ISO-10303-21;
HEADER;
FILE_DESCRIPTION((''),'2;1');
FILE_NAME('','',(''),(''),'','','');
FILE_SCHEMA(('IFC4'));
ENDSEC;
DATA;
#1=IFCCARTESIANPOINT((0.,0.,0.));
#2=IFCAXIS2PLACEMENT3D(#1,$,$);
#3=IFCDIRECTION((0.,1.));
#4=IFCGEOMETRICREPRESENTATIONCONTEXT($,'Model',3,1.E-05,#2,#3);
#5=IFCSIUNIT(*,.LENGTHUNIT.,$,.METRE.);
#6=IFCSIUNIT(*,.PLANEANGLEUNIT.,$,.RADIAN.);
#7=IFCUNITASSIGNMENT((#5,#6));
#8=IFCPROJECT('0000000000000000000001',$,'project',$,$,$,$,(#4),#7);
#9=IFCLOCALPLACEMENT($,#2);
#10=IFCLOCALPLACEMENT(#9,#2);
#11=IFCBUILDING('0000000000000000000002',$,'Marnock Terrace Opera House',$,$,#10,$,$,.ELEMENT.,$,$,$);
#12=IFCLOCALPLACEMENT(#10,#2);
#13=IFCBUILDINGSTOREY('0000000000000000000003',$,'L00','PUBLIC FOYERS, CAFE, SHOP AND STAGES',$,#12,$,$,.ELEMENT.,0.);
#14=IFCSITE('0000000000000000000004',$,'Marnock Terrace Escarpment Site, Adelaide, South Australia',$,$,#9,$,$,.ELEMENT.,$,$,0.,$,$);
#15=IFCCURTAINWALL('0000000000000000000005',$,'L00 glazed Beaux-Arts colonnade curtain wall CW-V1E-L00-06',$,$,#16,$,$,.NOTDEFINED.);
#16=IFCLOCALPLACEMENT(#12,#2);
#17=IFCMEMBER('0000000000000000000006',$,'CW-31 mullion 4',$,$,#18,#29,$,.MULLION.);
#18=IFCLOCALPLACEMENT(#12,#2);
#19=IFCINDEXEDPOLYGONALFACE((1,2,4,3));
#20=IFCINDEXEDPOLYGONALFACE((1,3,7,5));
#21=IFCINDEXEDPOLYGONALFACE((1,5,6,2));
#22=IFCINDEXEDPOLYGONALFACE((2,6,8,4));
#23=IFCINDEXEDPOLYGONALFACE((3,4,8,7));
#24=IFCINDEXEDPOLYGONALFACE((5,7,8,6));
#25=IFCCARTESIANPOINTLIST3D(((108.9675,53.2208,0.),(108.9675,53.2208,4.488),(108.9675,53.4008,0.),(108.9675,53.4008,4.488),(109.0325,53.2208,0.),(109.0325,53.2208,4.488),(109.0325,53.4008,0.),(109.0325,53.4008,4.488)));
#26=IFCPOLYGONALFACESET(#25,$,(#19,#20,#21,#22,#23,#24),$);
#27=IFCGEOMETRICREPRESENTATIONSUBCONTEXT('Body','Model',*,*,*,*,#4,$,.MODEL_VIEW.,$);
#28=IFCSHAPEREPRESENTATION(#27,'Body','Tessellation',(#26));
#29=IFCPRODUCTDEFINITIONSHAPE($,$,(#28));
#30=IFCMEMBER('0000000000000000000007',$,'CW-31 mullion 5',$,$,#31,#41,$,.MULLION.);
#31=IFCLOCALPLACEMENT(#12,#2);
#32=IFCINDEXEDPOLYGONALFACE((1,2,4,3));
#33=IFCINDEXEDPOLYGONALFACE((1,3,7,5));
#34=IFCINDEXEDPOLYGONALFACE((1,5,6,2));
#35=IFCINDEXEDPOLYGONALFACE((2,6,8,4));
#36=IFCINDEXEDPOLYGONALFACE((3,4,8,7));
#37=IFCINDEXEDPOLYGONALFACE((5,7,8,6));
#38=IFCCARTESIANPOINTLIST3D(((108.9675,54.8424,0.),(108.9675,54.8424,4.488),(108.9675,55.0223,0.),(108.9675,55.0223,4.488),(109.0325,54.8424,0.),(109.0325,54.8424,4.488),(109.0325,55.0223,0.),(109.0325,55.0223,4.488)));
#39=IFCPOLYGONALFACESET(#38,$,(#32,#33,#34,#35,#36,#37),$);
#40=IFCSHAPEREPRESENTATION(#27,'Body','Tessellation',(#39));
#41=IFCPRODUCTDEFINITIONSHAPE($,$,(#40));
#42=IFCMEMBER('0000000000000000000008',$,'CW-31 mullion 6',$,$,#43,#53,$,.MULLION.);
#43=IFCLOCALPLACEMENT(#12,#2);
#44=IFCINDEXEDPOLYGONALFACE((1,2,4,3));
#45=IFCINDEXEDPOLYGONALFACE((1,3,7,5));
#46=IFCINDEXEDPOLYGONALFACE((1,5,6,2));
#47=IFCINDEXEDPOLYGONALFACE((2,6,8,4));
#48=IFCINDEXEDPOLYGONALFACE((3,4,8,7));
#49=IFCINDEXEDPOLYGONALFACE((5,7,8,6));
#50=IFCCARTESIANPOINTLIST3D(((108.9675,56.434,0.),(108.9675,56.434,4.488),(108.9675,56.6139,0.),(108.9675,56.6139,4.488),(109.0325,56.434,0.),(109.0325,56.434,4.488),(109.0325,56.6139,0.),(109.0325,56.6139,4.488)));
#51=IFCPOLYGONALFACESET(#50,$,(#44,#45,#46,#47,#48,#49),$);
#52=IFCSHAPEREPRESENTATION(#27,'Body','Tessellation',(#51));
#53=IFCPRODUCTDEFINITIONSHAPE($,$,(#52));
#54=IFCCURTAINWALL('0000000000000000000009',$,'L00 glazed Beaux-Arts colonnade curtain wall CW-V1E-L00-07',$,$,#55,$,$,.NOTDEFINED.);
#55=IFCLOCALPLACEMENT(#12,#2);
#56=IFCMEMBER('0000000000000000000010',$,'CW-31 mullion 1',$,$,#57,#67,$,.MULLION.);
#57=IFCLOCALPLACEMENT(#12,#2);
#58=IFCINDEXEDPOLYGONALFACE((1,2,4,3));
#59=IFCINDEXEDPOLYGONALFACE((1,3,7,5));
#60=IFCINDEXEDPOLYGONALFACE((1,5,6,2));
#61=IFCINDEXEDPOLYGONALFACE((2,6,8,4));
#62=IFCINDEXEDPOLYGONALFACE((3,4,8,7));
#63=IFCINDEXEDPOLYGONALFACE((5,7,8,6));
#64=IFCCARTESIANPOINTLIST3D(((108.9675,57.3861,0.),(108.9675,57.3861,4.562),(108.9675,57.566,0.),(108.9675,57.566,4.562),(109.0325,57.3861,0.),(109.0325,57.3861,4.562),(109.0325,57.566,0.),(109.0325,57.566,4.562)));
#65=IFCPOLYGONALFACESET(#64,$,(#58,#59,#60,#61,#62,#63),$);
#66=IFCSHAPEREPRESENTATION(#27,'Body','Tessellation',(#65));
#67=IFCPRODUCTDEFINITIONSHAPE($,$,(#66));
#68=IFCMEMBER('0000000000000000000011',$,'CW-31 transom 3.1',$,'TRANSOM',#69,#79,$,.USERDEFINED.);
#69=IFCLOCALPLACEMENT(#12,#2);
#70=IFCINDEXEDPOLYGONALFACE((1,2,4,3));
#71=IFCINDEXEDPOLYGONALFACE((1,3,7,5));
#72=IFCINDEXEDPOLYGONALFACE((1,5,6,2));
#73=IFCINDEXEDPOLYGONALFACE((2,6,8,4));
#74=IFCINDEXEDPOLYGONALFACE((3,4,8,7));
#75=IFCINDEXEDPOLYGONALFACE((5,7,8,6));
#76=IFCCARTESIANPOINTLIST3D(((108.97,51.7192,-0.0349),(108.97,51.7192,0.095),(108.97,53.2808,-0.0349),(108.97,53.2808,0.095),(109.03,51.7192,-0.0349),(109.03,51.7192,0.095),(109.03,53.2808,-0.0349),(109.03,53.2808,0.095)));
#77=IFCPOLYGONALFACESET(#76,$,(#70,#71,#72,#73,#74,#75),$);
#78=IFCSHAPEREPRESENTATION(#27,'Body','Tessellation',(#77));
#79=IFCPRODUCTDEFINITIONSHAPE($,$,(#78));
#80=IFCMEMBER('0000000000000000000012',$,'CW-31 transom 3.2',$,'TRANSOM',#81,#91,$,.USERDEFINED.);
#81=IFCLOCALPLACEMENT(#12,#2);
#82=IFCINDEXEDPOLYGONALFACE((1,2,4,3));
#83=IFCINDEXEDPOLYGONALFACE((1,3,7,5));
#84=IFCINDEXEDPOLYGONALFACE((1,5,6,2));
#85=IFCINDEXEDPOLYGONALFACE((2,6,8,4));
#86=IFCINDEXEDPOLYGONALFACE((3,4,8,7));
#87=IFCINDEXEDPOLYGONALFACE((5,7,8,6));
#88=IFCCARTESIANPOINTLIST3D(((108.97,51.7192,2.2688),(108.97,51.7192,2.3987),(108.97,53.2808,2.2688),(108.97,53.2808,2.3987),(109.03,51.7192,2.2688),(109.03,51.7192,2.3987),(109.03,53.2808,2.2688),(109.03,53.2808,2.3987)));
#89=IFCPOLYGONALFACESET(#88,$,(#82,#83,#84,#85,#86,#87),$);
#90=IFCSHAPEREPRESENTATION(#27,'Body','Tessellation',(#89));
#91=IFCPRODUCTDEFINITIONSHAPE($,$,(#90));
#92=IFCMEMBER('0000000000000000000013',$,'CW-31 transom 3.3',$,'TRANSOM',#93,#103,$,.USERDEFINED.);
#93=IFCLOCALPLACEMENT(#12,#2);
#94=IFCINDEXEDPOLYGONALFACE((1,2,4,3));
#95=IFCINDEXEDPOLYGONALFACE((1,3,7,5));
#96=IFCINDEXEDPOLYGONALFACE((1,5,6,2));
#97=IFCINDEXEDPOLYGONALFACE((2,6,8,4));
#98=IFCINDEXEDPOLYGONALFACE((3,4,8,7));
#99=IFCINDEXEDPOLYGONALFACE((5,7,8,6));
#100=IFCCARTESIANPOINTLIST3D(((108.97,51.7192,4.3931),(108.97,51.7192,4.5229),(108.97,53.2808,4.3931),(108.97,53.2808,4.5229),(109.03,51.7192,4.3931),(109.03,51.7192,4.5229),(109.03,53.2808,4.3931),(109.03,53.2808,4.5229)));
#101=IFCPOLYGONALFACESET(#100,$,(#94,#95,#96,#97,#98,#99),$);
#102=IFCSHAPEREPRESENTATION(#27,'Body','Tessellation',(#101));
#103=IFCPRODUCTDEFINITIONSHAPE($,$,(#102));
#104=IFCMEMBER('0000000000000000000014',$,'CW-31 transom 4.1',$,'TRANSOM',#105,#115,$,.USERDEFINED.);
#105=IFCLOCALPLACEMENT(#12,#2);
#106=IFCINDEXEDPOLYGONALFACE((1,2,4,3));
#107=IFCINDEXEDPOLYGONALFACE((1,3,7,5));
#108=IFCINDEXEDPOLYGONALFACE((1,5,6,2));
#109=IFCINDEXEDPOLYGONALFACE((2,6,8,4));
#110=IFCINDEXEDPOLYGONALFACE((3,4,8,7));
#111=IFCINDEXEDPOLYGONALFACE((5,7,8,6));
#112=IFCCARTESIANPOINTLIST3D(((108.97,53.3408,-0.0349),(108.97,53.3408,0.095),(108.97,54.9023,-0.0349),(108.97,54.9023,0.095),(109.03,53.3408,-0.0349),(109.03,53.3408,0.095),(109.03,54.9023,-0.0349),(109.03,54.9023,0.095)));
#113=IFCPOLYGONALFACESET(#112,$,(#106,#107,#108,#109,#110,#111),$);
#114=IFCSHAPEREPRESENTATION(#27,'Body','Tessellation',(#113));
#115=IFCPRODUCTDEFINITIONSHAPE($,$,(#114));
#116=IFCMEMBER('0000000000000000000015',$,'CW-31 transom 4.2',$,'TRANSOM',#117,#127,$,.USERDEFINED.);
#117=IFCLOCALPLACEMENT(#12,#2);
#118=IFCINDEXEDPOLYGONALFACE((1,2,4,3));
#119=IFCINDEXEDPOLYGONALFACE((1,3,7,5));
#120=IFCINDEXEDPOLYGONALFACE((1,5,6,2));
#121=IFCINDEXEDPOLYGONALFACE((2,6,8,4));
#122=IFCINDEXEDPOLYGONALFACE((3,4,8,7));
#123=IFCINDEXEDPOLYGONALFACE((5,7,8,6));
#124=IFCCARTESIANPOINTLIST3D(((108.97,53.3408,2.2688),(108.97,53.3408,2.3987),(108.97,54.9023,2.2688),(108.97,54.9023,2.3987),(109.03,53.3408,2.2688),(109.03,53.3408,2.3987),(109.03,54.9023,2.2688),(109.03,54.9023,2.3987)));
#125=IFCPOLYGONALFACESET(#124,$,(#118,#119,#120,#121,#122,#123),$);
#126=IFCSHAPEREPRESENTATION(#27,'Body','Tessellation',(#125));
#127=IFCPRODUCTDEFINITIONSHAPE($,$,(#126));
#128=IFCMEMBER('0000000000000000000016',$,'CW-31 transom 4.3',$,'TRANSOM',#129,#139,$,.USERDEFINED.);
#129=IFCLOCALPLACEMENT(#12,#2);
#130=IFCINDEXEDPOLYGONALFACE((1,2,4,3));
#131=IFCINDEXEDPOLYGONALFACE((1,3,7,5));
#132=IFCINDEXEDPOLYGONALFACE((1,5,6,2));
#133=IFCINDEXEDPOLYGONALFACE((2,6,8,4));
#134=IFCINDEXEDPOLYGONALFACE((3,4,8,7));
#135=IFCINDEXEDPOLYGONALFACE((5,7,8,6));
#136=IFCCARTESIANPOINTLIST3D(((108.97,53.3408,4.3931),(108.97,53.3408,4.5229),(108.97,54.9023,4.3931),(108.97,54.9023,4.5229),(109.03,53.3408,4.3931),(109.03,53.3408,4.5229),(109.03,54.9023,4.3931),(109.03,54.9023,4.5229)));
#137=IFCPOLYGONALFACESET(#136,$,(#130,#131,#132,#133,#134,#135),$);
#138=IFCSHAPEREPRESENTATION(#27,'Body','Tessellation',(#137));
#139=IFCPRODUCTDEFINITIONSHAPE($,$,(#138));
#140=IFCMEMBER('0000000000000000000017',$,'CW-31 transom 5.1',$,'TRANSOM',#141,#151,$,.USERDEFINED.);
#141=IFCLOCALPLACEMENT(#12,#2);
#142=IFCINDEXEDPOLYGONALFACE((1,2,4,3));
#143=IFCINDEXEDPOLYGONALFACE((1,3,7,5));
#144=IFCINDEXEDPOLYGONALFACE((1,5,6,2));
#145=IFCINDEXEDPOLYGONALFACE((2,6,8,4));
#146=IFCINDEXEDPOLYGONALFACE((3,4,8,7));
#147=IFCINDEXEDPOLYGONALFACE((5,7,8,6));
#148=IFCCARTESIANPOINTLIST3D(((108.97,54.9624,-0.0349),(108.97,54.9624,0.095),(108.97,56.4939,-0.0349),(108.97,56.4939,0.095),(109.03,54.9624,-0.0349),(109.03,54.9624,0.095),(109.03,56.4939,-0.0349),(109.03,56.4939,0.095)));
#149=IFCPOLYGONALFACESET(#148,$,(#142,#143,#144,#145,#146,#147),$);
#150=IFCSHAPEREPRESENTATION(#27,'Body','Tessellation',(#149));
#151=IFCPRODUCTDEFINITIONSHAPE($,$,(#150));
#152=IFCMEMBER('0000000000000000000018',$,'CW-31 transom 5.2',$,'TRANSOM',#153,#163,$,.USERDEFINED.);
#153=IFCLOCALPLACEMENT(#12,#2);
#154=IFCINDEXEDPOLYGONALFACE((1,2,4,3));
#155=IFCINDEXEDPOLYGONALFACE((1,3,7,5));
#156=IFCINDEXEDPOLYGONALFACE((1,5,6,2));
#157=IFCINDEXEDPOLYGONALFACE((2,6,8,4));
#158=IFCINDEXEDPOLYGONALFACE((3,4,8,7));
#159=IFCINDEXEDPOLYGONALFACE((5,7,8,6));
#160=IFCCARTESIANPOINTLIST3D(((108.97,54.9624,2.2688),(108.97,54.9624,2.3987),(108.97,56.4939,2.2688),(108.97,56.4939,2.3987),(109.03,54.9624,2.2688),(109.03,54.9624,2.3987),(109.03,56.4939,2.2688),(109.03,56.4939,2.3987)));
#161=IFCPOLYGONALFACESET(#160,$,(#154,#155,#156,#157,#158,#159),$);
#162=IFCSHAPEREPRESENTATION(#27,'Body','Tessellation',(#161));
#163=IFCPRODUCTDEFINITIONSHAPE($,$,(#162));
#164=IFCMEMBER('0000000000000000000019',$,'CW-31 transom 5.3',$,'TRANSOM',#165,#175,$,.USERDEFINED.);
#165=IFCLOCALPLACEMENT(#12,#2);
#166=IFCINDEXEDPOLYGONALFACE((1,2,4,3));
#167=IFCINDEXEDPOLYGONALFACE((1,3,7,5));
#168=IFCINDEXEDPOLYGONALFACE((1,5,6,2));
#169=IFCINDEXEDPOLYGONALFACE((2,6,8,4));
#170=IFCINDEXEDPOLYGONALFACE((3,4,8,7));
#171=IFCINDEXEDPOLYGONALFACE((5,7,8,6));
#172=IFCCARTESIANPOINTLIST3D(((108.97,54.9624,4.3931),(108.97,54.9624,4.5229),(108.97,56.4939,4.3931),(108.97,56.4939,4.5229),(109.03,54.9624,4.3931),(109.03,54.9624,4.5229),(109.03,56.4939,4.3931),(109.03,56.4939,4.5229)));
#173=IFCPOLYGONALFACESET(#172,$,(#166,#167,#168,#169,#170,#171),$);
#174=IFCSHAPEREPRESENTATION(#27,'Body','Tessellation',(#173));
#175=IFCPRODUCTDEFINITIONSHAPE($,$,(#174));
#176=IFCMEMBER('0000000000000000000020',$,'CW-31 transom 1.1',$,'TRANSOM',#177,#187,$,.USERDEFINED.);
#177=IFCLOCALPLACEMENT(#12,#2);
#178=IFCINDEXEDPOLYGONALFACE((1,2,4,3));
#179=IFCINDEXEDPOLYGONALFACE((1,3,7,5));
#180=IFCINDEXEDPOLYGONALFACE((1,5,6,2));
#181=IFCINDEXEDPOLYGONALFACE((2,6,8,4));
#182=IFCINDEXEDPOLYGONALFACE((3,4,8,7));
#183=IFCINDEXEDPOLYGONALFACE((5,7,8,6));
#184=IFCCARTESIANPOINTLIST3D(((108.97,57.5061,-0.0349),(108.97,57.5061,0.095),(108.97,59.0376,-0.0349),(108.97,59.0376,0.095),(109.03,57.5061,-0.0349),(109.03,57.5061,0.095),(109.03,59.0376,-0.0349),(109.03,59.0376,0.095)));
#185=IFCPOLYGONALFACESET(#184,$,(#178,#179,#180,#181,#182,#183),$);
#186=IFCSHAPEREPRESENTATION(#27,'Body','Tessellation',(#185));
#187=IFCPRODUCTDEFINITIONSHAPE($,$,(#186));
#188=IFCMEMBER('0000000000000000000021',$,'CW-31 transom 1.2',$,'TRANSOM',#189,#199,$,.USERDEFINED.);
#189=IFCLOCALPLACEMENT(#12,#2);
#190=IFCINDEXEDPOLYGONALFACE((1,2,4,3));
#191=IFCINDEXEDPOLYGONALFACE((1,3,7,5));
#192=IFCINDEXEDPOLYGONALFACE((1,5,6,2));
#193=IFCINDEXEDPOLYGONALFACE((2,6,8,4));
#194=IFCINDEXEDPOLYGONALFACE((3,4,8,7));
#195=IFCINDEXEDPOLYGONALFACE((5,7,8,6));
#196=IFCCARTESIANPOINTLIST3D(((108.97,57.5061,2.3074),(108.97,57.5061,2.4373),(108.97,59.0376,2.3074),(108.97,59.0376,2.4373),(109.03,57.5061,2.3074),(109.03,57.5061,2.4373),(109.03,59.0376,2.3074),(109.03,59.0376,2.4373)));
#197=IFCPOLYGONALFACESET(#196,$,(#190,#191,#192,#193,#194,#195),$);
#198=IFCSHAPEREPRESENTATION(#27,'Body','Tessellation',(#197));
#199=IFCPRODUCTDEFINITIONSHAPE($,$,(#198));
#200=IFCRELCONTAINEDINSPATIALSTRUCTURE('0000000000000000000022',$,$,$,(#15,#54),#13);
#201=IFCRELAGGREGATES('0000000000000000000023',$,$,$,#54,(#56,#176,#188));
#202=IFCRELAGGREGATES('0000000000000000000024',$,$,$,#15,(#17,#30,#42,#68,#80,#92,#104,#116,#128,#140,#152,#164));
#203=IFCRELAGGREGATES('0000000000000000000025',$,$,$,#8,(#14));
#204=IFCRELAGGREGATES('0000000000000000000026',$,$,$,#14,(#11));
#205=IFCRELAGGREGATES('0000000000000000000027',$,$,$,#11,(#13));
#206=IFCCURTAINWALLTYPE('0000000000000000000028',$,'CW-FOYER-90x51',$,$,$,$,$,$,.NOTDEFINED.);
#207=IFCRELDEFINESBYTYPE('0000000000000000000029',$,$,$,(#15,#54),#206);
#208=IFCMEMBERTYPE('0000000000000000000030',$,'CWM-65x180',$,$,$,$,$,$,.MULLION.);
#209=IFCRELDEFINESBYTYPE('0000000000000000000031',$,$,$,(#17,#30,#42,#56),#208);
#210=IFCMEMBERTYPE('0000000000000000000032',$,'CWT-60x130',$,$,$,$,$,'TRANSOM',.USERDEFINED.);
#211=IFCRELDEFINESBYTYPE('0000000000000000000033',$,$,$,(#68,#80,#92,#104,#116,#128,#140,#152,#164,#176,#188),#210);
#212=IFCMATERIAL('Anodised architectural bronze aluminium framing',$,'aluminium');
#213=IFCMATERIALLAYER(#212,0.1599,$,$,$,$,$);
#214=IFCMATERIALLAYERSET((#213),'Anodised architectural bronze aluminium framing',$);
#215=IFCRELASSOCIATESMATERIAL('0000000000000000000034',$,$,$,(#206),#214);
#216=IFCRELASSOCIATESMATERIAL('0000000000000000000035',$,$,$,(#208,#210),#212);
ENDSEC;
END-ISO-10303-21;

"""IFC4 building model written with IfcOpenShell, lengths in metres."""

from ifc_helpers import new_model, si_unit, direction, frame, origin, origin_2d, place, context, subcontext, project, spatial, rectangle, extrude, material, layer, layer_set, material_profile, profile_set, type_object, element, aggregate, save


model = new_model("IFC4")

# Units and contexts
model_context = context("Model", 3, precision=1e-05, world=origin(), true_north=direction((0.0, 1.0)))
body_context = subcontext(model_context, "Body", "Model", "MODEL_VIEW")
ifc_project = project(units=[si_unit("LENGTHUNIT", "METRE"), si_unit("PLANEANGLEUNIT", "RADIAN")], contexts=[model_context])

# Site, building, storey
site_placement = place(None, origin())
site = spatial("IfcSite", under=ifc_project, at=site_placement, Name="Marnock Terrace Escarpment Site, Adelaide, South Australia", CompositionType="ELEMENT", RefElevation=0.0)
building_placement = place(site_placement, origin())
building = spatial("IfcBuilding", under=site, at=building_placement, Name="Marnock Terrace Opera House", CompositionType="ELEMENT")
storey_placement = place(building_placement, origin())
storey = spatial("IfcBuildingStorey", under=building, at=storey_placement, Name="L00", Description="PUBLIC FOYERS, CAFE, SHOP AND STAGES", CompositionType="ELEMENT", Elevation=0.0)

# Curtain wall, members
ifc_material_1 = material(Name="Anodised architectural bronze aluminium framing", Category="aluminium")
ifc_layer_1 = layer(ifc_material_1, 0.1599)
ifc_layer_set_1 = layer_set([ifc_layer_1], Name="Anodised architectural bronze aluminium framing")
curtain_wall_type = type_object("IfcCurtainWallType", Name="CW-FOYER-90x51", PredefinedType="NOTDEFINED", material=ifc_layer_set_1)
curtain_wall_1_placement = place(storey_placement, origin())
curtain_wall_1 = element("IfcCurtainWall", 1, at=curtain_wall_1_placement, inside=storey, type_object=curtain_wall_type, Name="L00 glazed Beaux-Arts colonnade curtain wall CW-V1E-L00-06", PredefinedType="NOTDEFINED")
ifc_material_profile_1 = material_profile(ifc_material_1, rectangle(XDim=0.0649, YDim=0.1799, at=origin_2d()))
ifc_profile_set_1 = profile_set([ifc_material_profile_1], Name="Anodised architectural bronze aluminium framing")
member_type_1 = type_object("IfcMemberType", Name="CWM-65x180", PredefinedType="MULLION", material=ifc_profile_set_1)
member_1_placement = place(storey_placement, frame((109.0, 53.3108, 0.0), z_axis=(0.0, 0.0, 1.0), x_axis=(-1.0, 0.0, 0.0)))
member_1 = element("IfcMember", 2, at=member_1_placement, type_object=member_type_1, Name="CW-31 mullion 4", PredefinedType="MULLION", context=body_context, shape_type="SweptSolid", body=[
    extrude(rectangle(XDim=0.0649, YDim=0.1799, at=origin_2d()), origin(), (0.0, 0.0, 1.0), 4.488),
])
member_2_placement = place(storey_placement, frame((109.0, 54.9324, 0.0), z_axis=(0.0, 0.0, 1.0), x_axis=(-1.0, 0.0, 0.0)))
member_2 = element("IfcMember", 3, at=member_2_placement, type_object=member_type_1, Name="CW-31 mullion 5", PredefinedType="MULLION", context=body_context, shape_type="SweptSolid", body=[
    extrude(rectangle(XDim=0.0649, YDim=0.1799, at=origin_2d()), origin(), (0.0, 0.0, 1.0), 4.488),
])
member_3_placement = place(storey_placement, frame((109.0, 56.5239, 0.0), z_axis=(0.0, 0.0, 1.0), x_axis=(-1.0, 0.0, 0.0)))
member_3 = element("IfcMember", 4, at=member_3_placement, type_object=member_type_1, Name="CW-31 mullion 6", PredefinedType="MULLION", context=body_context, shape_type="SweptSolid", body=[
    extrude(rectangle(XDim=0.0649, YDim=0.1799, at=origin_2d()), origin(), (0.0, 0.0, 1.0), 4.488),
])

# Curtain wall, member
curtain_wall_2_placement = place(storey_placement, origin())
curtain_wall_2 = element("IfcCurtainWall", 5, at=curtain_wall_2_placement, inside=storey, type_object=curtain_wall_type, Name="L00 glazed Beaux-Arts colonnade curtain wall CW-V1E-L00-07", PredefinedType="NOTDEFINED")
member_4_placement = place(storey_placement, frame((109.0, 57.4761, 0.0), z_axis=(0.0, 0.0, 1.0), x_axis=(-1.0, 0.0, 0.0)))
member_4 = element("IfcMember", 6, at=member_4_placement, type_object=member_type_1, Name="CW-31 mullion 1", PredefinedType="MULLION", context=body_context, shape_type="SweptSolid", body=[
    extrude(rectangle(XDim=0.0649, YDim=0.1799, at=origin_2d()), origin(), (0.0, 0.0, 1.0), 4.562),
])

# Members
ifc_material_profile_2 = material_profile(ifc_material_1, rectangle(XDim=0.0601, YDim=0.1299, at=origin_2d()))
ifc_profile_set_2 = profile_set([ifc_material_profile_2], Name="Anodised architectural bronze aluminium framing")
member_type_2 = type_object("IfcMemberType", Name="CWT-60x130", ElementType="TRANSOM", PredefinedType="USERDEFINED", material=ifc_profile_set_2)
member_5_placement = place(storey_placement, frame((109.0, 51.7192, 0.03), z_axis=(0.0, 1.0, 0.0), x_axis=(-1.0, 0.0, 0.0)))
member_5 = element("IfcMember", 7, at=member_5_placement, type_object=member_type_2, Name="CW-31 transom 3.1", ObjectType="TRANSOM", PredefinedType="USERDEFINED", context=body_context, shape_type="SweptSolid", body=[
    extrude(rectangle(XDim=0.0601, YDim=0.1299, at=origin_2d()), origin(), (0.0, 0.0, 1.0), 1.5615),
])
member_6_placement = place(storey_placement, frame((109.0, 51.7192, 2.3337), z_axis=(0.0, 1.0, 0.0), x_axis=(-1.0, 0.0, 0.0)))
member_6 = element("IfcMember", 8, at=member_6_placement, type_object=member_type_2, Name="CW-31 transom 3.2", ObjectType="TRANSOM", PredefinedType="USERDEFINED", context=body_context, shape_type="SweptSolid", body=[
    extrude(rectangle(XDim=0.0601, YDim=0.1299, at=origin_2d()), origin(), (0.0, 0.0, 1.0), 1.5615),
])
member_7_placement = place(storey_placement, frame((109.0, 51.7192, 4.458), z_axis=(0.0, 1.0, 0.0), x_axis=(-1.0, 0.0, 0.0)))
member_7 = element("IfcMember", 9, at=member_7_placement, type_object=member_type_2, Name="CW-31 transom 3.3", ObjectType="TRANSOM", PredefinedType="USERDEFINED", context=body_context, shape_type="SweptSolid", body=[
    extrude(rectangle(XDim=0.0601, YDim=0.1299, at=origin_2d()), origin(), (0.0, 0.0, 1.0), 1.5615),
])
member_8_placement = place(storey_placement, frame((109.0, 53.3408, 0.03), z_axis=(0.0, 1.0, 0.0), x_axis=(-1.0, 0.0, 0.0)))
member_8 = element("IfcMember", 10, at=member_8_placement, type_object=member_type_2, Name="CW-31 transom 4.1", ObjectType="TRANSOM", PredefinedType="USERDEFINED", context=body_context, shape_type="SweptSolid", body=[
    extrude(rectangle(XDim=0.0601, YDim=0.1299, at=origin_2d()), origin(), (0.0, 0.0, 1.0), 1.5615),
])
member_9_placement = place(storey_placement, frame((109.0, 53.3408, 2.3337), z_axis=(0.0, 1.0, 0.0), x_axis=(-1.0, 0.0, 0.0)))
member_9 = element("IfcMember", 11, at=member_9_placement, type_object=member_type_2, Name="CW-31 transom 4.2", ObjectType="TRANSOM", PredefinedType="USERDEFINED", context=body_context, shape_type="SweptSolid", body=[
    extrude(rectangle(XDim=0.0601, YDim=0.1299, at=origin_2d()), origin(), (0.0, 0.0, 1.0), 1.5615),
])
member_10_placement = place(storey_placement, frame((109.0, 53.3408, 4.458), z_axis=(0.0, 1.0, 0.0), x_axis=(-1.0, 0.0, 0.0)))
member_10 = element("IfcMember", 12, at=member_10_placement, type_object=member_type_2, Name="CW-31 transom 4.3", ObjectType="TRANSOM", PredefinedType="USERDEFINED", context=body_context, shape_type="SweptSolid", body=[
    extrude(rectangle(XDim=0.0601, YDim=0.1299, at=origin_2d()), origin(), (0.0, 0.0, 1.0), 1.5615),
])
member_11_placement = place(storey_placement, frame((109.0, 54.9624, 0.03), z_axis=(0.0, 1.0, 0.0), x_axis=(-1.0, 0.0, 0.0)))
member_11 = element("IfcMember", 13, at=member_11_placement, type_object=member_type_2, Name="CW-31 transom 5.1", ObjectType="TRANSOM", PredefinedType="USERDEFINED", context=body_context, shape_type="SweptSolid", body=[
    extrude(rectangle(XDim=0.0601, YDim=0.1299, at=origin_2d()), origin(), (0.0, 0.0, 1.0), 1.5315),
])
member_12_placement = place(storey_placement, frame((109.0, 54.9624, 2.3337), z_axis=(0.0, 1.0, 0.0), x_axis=(-1.0, 0.0, 0.0)))
member_12 = element("IfcMember", 14, at=member_12_placement, type_object=member_type_2, Name="CW-31 transom 5.2", ObjectType="TRANSOM", PredefinedType="USERDEFINED", context=body_context, shape_type="SweptSolid", body=[
    extrude(rectangle(XDim=0.0601, YDim=0.1299, at=origin_2d()), origin(), (0.0, 0.0, 1.0), 1.5315),
])
member_13_placement = place(storey_placement, frame((109.0, 54.9624, 4.458), z_axis=(0.0, 1.0, 0.0), x_axis=(-1.0, 0.0, 0.0)))
member_13 = element("IfcMember", 15, at=member_13_placement, type_object=member_type_2, Name="CW-31 transom 5.3", ObjectType="TRANSOM", PredefinedType="USERDEFINED", context=body_context, shape_type="SweptSolid", body=[
    extrude(rectangle(XDim=0.0601, YDim=0.1299, at=origin_2d()), origin(), (0.0, 0.0, 1.0), 1.5315),
])
member_14_placement = place(storey_placement, frame((109.0, 57.5061, 0.03), z_axis=(0.0, 1.0, 0.0), x_axis=(-1.0, 0.0, 0.0)))
member_14 = element("IfcMember", 16, at=member_14_placement, type_object=member_type_2, Name="CW-31 transom 1.1", ObjectType="TRANSOM", PredefinedType="USERDEFINED", context=body_context, shape_type="SweptSolid", body=[
    extrude(rectangle(XDim=0.0601, YDim=0.1299, at=origin_2d()), origin(), (0.0, 0.0, 1.0), 1.5315),
])
member_15_placement = place(storey_placement, frame((109.0, 57.5061, 2.3723), z_axis=(0.0, 1.0, 0.0), x_axis=(-1.0, 0.0, 0.0)))
member_15 = element("IfcMember", 17, at=member_15_placement, type_object=member_type_2, Name="CW-31 transom 1.2", ObjectType="TRANSOM", PredefinedType="USERDEFINED", context=body_context, shape_type="SweptSolid", body=[
    extrude(rectangle(XDim=0.0601, YDim=0.1299, at=origin_2d()), origin(), (0.0, 0.0, 1.0), 1.5315),
])
aggregate(curtain_wall_2, [member_4, member_14, member_15])

aggregate(curtain_wall_1, [member_1, member_2, member_3, member_5, member_6, member_7, member_8, member_9, member_10, member_11, member_12, member_13])

save(model, "model.ifc")
